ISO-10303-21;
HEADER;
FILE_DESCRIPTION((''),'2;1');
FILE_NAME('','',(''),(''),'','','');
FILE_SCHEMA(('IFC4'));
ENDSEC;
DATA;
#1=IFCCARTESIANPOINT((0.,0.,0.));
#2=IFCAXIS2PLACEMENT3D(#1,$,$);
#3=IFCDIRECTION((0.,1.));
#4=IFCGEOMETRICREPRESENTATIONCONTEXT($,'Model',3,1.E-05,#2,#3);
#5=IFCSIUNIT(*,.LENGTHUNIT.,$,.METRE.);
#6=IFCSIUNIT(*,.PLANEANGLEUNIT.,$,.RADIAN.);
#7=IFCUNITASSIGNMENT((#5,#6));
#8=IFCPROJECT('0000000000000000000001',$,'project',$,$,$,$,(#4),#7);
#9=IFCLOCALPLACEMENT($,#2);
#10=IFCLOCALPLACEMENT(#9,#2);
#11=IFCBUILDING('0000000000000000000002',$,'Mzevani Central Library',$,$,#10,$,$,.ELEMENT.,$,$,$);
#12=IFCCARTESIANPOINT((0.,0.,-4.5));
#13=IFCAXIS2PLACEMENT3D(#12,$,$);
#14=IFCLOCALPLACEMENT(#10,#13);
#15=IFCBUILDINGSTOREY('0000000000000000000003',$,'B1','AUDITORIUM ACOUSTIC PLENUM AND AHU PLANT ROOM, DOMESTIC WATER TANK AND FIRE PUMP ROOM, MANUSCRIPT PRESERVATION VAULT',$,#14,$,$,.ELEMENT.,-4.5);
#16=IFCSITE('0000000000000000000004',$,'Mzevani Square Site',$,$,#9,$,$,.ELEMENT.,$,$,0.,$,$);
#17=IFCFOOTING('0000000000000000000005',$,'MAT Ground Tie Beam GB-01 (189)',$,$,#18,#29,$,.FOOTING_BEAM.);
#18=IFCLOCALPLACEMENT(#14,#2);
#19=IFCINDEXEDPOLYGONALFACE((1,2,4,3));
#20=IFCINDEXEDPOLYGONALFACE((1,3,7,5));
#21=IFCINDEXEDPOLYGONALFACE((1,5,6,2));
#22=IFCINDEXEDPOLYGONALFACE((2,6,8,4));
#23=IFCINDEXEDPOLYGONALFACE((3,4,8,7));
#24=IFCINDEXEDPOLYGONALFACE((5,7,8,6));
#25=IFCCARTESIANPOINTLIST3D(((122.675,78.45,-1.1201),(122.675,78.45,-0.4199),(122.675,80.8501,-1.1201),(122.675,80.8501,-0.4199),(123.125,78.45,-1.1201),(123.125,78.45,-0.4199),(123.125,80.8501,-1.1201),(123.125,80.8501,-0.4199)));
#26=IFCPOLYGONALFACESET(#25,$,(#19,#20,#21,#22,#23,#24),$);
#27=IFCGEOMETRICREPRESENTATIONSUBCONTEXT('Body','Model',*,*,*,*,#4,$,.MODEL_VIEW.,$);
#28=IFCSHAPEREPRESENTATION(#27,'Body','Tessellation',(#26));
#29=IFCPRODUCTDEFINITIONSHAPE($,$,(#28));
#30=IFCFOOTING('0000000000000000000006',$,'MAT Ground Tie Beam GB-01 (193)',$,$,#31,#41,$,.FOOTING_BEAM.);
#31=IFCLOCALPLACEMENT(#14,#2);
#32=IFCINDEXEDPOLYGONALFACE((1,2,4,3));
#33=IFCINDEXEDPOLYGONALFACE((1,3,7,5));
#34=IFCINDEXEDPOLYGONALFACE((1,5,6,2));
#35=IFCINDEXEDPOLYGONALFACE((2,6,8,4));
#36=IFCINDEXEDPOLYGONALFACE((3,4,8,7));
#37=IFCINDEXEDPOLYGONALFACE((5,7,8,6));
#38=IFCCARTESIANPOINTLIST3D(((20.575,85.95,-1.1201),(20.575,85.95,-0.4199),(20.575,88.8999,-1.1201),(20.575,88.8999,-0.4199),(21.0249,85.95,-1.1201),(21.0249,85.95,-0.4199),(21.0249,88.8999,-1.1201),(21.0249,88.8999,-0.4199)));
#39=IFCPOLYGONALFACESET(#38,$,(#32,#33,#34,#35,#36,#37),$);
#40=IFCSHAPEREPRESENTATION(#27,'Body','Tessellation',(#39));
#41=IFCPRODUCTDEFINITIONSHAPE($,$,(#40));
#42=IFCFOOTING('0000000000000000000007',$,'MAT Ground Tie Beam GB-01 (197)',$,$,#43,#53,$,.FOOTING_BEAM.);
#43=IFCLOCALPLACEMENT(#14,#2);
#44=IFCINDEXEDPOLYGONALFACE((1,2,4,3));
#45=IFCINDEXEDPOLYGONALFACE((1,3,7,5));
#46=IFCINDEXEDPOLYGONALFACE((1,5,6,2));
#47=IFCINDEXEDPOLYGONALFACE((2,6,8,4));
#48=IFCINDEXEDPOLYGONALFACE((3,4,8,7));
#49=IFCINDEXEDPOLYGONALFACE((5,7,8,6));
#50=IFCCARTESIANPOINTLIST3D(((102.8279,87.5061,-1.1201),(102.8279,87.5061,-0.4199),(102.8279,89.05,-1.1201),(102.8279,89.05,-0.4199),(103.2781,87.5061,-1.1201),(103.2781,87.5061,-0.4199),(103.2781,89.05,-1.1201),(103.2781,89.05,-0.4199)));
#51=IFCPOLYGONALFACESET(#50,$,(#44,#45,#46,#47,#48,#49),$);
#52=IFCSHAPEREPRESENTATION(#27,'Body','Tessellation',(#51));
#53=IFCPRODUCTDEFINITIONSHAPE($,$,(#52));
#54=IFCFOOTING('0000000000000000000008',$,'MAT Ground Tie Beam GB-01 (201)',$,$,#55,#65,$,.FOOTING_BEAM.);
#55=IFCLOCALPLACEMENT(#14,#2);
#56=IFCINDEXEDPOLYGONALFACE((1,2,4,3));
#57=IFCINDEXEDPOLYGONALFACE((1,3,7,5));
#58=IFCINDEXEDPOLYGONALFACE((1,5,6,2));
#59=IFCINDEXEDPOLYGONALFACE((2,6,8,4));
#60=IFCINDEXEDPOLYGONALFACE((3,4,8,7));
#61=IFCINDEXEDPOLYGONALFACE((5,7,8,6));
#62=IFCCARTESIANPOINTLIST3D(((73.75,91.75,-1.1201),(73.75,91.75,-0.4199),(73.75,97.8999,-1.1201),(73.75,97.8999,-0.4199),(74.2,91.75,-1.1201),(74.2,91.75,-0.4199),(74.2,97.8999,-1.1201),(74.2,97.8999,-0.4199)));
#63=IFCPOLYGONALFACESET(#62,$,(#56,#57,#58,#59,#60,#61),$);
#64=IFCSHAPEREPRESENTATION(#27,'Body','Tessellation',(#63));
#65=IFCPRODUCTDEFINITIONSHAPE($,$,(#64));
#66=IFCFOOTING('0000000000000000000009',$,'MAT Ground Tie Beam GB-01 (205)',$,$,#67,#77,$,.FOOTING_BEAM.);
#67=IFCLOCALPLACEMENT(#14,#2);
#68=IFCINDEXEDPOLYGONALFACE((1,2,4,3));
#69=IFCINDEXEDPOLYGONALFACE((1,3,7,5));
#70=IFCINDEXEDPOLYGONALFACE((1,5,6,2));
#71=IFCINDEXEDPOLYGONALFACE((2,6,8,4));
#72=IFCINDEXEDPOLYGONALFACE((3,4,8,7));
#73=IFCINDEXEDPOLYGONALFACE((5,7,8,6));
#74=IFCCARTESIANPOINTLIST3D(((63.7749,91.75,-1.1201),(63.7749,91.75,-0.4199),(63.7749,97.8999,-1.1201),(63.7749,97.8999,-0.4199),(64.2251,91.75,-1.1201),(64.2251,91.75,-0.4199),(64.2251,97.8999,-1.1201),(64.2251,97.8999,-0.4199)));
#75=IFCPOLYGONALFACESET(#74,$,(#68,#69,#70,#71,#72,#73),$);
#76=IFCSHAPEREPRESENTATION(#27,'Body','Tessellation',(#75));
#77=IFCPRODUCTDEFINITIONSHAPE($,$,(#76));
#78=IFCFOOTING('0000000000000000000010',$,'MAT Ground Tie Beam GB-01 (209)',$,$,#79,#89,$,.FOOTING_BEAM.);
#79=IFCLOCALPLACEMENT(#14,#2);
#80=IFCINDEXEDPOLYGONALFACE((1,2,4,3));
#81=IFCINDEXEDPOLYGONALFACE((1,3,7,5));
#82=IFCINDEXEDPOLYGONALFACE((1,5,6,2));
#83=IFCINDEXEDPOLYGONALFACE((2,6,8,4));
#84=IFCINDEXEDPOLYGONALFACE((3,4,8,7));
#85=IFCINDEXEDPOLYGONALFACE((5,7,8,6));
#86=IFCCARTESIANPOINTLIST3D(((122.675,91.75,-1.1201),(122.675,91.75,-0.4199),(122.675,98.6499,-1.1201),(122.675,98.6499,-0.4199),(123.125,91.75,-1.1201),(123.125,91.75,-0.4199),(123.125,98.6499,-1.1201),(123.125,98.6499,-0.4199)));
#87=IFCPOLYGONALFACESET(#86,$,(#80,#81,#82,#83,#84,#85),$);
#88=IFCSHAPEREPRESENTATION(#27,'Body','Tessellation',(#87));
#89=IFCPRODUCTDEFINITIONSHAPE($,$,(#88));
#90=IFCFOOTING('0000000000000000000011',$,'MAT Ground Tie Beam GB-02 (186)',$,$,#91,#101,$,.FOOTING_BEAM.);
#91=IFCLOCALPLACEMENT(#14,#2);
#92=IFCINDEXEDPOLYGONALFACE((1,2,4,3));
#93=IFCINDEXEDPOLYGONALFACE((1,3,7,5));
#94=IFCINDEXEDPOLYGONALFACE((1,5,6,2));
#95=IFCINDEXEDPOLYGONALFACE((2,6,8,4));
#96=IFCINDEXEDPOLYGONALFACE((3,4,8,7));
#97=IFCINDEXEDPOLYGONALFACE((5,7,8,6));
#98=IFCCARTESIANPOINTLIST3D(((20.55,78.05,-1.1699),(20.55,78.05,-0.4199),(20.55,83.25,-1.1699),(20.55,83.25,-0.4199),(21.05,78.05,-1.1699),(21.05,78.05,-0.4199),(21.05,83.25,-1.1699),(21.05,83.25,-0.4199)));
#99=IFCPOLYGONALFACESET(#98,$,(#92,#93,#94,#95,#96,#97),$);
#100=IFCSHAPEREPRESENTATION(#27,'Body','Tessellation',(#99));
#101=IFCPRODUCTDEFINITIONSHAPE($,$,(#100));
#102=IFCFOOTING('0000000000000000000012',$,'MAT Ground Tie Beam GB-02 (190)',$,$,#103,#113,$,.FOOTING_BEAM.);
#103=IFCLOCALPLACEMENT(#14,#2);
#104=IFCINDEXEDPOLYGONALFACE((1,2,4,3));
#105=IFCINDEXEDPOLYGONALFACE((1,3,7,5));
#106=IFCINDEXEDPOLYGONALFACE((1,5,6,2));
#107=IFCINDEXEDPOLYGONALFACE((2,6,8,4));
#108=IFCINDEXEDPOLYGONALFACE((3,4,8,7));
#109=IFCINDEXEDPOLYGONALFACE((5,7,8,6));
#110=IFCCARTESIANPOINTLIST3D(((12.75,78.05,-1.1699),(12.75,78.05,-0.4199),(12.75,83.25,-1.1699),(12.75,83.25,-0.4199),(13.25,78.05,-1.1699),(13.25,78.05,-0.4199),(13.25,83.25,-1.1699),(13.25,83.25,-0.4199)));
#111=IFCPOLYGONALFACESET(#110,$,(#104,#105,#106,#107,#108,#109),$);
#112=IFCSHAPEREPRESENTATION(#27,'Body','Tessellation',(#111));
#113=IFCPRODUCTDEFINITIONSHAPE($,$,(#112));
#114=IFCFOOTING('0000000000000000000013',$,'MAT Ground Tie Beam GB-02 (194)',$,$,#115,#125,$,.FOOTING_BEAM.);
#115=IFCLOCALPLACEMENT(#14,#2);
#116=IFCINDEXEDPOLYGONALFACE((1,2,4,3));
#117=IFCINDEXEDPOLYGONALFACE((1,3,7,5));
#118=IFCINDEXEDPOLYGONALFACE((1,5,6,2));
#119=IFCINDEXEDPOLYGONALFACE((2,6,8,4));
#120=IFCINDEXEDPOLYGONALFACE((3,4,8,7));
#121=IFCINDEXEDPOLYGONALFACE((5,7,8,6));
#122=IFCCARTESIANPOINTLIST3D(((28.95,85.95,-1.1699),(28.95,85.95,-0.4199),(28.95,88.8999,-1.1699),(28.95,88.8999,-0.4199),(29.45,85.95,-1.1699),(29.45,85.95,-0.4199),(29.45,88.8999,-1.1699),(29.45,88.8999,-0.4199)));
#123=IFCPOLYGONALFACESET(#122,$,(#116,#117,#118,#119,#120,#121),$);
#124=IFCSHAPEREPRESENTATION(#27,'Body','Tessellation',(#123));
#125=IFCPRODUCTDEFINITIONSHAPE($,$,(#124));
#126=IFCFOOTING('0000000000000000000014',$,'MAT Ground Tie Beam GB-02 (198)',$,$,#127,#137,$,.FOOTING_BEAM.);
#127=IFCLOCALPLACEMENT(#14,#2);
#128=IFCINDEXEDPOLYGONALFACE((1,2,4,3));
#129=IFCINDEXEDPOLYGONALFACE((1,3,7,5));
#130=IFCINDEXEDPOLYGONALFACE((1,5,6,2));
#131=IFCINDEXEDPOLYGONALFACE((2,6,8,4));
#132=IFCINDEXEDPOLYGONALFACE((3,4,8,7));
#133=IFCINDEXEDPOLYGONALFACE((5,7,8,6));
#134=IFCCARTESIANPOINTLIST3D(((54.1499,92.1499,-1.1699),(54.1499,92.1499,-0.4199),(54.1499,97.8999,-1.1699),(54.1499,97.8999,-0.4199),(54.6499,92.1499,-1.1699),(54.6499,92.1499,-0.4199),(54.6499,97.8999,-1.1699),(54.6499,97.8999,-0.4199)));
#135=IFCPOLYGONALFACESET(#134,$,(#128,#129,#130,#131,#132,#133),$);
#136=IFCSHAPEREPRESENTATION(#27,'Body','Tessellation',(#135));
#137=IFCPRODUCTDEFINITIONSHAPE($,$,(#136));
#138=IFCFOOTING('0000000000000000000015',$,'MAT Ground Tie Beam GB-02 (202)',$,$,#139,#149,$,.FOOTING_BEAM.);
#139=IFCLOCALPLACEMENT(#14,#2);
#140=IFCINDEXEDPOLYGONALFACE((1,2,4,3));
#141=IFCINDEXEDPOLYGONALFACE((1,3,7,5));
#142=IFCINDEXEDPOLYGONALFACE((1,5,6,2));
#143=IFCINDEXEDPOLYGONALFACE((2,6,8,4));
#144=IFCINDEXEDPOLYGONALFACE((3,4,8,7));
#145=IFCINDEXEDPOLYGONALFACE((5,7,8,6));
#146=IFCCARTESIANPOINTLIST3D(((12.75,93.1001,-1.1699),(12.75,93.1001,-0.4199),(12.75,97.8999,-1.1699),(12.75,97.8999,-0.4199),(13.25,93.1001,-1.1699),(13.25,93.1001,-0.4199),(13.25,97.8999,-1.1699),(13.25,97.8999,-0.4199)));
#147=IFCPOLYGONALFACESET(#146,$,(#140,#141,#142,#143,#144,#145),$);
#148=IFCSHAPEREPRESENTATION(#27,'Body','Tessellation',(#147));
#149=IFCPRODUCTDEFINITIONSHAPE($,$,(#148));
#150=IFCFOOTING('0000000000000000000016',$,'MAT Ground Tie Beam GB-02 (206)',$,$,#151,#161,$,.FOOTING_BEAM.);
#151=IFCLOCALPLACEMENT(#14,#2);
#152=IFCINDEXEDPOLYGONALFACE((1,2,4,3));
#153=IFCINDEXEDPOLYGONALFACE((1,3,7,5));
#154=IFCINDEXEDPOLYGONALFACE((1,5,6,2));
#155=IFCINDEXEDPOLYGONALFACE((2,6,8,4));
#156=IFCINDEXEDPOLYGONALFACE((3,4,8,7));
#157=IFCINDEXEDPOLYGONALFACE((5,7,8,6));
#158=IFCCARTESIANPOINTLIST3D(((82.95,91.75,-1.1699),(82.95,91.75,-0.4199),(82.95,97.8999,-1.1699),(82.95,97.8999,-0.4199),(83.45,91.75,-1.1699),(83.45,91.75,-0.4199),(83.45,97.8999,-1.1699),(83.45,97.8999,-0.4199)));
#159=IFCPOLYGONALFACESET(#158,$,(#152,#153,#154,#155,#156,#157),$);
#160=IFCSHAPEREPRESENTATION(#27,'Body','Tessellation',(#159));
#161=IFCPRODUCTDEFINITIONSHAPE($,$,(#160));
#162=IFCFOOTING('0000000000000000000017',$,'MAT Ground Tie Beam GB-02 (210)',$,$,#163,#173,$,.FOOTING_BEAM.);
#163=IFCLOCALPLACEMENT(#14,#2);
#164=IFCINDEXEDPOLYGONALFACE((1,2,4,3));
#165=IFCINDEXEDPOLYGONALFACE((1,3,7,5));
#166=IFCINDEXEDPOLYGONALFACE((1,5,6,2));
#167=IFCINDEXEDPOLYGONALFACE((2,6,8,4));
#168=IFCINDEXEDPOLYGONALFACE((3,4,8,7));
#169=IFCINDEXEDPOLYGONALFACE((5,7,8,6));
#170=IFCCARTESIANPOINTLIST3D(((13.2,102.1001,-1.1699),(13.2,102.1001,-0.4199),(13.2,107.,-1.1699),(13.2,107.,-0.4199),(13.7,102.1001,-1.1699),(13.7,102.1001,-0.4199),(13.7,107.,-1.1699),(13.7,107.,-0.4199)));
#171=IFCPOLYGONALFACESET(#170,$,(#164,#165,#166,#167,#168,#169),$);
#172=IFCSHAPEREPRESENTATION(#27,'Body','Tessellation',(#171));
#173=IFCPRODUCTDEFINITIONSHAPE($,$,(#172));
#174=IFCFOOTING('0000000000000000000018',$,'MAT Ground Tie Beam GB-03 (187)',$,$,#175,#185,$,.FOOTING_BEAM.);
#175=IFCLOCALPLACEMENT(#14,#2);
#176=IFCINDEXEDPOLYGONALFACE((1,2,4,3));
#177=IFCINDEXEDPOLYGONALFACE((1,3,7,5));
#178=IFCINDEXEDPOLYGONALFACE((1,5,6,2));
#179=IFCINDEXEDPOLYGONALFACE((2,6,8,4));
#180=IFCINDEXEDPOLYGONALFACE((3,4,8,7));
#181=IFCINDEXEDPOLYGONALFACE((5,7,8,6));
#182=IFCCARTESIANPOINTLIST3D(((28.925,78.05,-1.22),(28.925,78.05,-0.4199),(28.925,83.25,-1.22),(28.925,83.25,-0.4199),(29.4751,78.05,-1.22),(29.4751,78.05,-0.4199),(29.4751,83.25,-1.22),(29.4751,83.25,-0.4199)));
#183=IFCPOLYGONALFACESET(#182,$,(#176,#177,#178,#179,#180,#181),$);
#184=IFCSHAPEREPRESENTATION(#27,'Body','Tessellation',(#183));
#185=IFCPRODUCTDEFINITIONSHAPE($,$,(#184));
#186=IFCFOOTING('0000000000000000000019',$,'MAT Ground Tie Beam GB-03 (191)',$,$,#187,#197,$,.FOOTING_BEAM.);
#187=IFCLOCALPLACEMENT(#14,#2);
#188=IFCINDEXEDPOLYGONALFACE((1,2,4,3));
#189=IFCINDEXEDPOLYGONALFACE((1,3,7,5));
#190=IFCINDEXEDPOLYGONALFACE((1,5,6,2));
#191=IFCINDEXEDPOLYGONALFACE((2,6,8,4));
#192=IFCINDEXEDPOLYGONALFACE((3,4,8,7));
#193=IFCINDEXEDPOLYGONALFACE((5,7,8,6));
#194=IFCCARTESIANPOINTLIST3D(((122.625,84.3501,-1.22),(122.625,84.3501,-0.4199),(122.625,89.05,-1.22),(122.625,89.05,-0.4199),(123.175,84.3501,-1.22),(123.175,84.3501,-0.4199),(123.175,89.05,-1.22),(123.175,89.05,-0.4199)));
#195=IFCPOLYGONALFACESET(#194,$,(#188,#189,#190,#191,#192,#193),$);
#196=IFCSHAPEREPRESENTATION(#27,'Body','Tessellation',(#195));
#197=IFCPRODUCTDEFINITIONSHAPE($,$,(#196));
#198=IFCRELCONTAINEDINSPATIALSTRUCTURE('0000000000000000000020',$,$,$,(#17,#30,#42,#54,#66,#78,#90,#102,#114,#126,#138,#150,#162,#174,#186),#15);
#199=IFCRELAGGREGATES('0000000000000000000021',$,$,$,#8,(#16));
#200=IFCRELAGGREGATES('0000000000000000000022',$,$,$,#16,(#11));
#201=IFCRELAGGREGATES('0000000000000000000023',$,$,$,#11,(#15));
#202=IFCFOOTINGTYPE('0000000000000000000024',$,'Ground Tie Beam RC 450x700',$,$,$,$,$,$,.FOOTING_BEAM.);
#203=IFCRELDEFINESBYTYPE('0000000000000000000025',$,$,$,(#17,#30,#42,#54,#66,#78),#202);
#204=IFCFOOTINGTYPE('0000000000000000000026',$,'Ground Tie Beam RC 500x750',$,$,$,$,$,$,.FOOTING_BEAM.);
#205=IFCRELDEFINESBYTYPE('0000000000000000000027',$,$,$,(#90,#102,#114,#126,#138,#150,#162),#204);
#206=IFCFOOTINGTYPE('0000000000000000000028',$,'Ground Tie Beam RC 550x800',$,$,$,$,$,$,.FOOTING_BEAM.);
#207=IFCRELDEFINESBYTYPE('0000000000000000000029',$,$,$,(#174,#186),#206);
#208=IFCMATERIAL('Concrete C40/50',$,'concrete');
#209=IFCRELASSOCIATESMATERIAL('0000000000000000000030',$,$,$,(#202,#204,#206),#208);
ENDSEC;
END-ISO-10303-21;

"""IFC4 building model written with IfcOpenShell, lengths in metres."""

from ifc_helpers import new_model, si_unit, direction, frame, origin, place, context, subcontext, project, spatial, polyline, outline, extrude, material, type_object, element, save


model = new_model("IFC4")

# Units and contexts
model_context = context("Model", 3, precision=1e-05, world=origin(), true_north=direction((0.0, 1.0)))
body_context = subcontext(model_context, "Body", "Model", "MODEL_VIEW")
ifc_project = project(units=[si_unit("LENGTHUNIT", "METRE"), si_unit("PLANEANGLEUNIT", "RADIAN")], contexts=[model_context])

# Site, building, storey
site_placement = place(None, origin())
site = spatial("IfcSite", under=ifc_project, at=site_placement, Name="Mzevani Square Site", CompositionType="ELEMENT", RefElevation=0.0)
building_placement = place(site_placement, origin())
building = spatial("IfcBuilding", under=site, at=building_placement, Name="Mzevani Central Library", CompositionType="ELEMENT")
storey_placement = place(building_placement, frame((0.0, 0.0, -4.5)))
storey = spatial("IfcBuildingStorey", under=building, at=storey_placement, Name="B1", Description="AUDITORIUM ACOUSTIC PLENUM AND AHU PLANT ROOM, DOMESTIC WATER TANK AND FIRE PUMP ROOM, MANUSCRIPT PRESERVATION VAULT", CompositionType="ELEMENT", Elevation=-4.5)

# Footings
ifc_material = material(Name="Concrete C40/50", Category="concrete")
footing_type_1 = type_object("IfcFootingType", Name="Ground Tie Beam RC 450x700", PredefinedType="FOOTING_BEAM", material=ifc_material)
footing_1_placement = place(storey_placement, frame((0.0, 0.0, -1.1201)))
element("IfcFooting", 1, at=footing_1_placement, inside=storey, type_object=footing_type_1, Name="MAT Ground Tie Beam GB-01 (189)", PredefinedType="FOOTING_BEAM", context=body_context, shape_type="SweptSolid", body=[
    extrude(outline(polyline([(122.675, 78.45), (123.125, 78.45), (123.125, 80.8501), (122.675, 80.8501), (122.675, 78.45)])), origin(), (0.0, 0.0, 1.0), 0.7002),
])
footing_2_placement = place(storey_placement, frame((0.0, 0.0, -1.1201)))
element("IfcFooting", 2, at=footing_2_placement, inside=storey, type_object=footing_type_1, Name="MAT Ground Tie Beam GB-01 (193)", PredefinedType="FOOTING_BEAM", context=body_context, shape_type="SweptSolid", body=[
    extrude(outline(polyline([(20.575, 85.95), (21.0249, 85.95), (21.0249, 88.8999), (20.575, 88.8999), (20.575, 85.95)])), origin(), (0.0, 0.0, 1.0), 0.7002),
])
footing_3_placement = place(storey_placement, frame((0.0, 0.0, -1.1201)))
element("IfcFooting", 3, at=footing_3_placement, inside=storey, type_object=footing_type_1, Name="MAT Ground Tie Beam GB-01 (197)", PredefinedType="FOOTING_BEAM", context=body_context, shape_type="SweptSolid", body=[
    extrude(outline(polyline([(102.8279, 87.5061), (103.2781, 87.5061), (103.2781, 89.05), (102.8279, 89.05), (102.8279, 87.5061)])), origin(), (0.0, 0.0, 1.0), 0.7002),
])
footing_4_placement = place(storey_placement, frame((0.0, 0.0, -1.1201)))
element("IfcFooting", 4, at=footing_4_placement, inside=storey, type_object=footing_type_1, Name="MAT Ground Tie Beam GB-01 (201)", PredefinedType="FOOTING_BEAM", context=body_context, shape_type="SweptSolid", body=[
    extrude(outline(polyline([(73.75, 91.75), (74.2, 91.75), (74.2, 97.8999), (73.75, 97.8999), (73.75, 91.75)])), origin(), (0.0, 0.0, 1.0), 0.7002),
])
footing_5_placement = place(storey_placement, frame((0.0, 0.0, -1.1201)))
element("IfcFooting", 5, at=footing_5_placement, inside=storey, type_object=footing_type_1, Name="MAT Ground Tie Beam GB-01 (205)", PredefinedType="FOOTING_BEAM", context=body_context, shape_type="SweptSolid", body=[
    extrude(outline(polyline([(63.7749, 91.75), (64.2251, 91.75), (64.2251, 97.8999), (63.7749, 97.8999), (63.7749, 91.75)])), origin(), (0.0, 0.0, 1.0), 0.7002),
])
footing_6_placement = place(storey_placement, frame((0.0, 0.0, -1.1201)))
element("IfcFooting", 6, at=footing_6_placement, inside=storey, type_object=footing_type_1, Name="MAT Ground Tie Beam GB-01 (209)", PredefinedType="FOOTING_BEAM", context=body_context, shape_type="SweptSolid", body=[
    extrude(outline(polyline([(122.675, 91.75), (123.125, 91.75), (123.125, 98.6499), (122.675, 98.6499), (122.675, 91.75)])), origin(), (0.0, 0.0, 1.0), 0.7002),
])
footing_type_2 = type_object("IfcFootingType", Name="Ground Tie Beam RC 500x750", PredefinedType="FOOTING_BEAM", material=ifc_material)
footing_7_placement = place(storey_placement, frame((0.0, 0.0, -1.1699)))
element("IfcFooting", 7, at=footing_7_placement, inside=storey, type_object=footing_type_2, Name="MAT Ground Tie Beam GB-02 (186)", PredefinedType="FOOTING_BEAM", context=body_context, shape_type="SweptSolid", body=[
    extrude(outline(polyline([(20.55, 78.05), (21.05, 78.05), (21.05, 83.25), (20.55, 83.25), (20.55, 78.05)])), origin(), (0.0, 0.0, 1.0), 0.75),
])
footing_8_placement = place(storey_placement, frame((0.0, 0.0, -1.1699)))
element("IfcFooting", 8, at=footing_8_placement, inside=storey, type_object=footing_type_2, Name="MAT Ground Tie Beam GB-02 (190)", PredefinedType="FOOTING_BEAM", context=body_context, shape_type="SweptSolid", body=[
    extrude(outline(polyline([(12.75, 78.05), (13.25, 78.05), (13.25, 83.25), (12.75, 83.25), (12.75, 78.05)])), origin(), (0.0, 0.0, 1.0), 0.75),
])
footing_9_placement = place(storey_placement, frame((0.0, 0.0, -1.1699)))
element("IfcFooting", 9, at=footing_9_placement, inside=storey, type_object=footing_type_2, Name="MAT Ground Tie Beam GB-02 (194)", PredefinedType="FOOTING_BEAM", context=body_context, shape_type="SweptSolid", body=[
    extrude(outline(polyline([(28.95, 85.95), (29.45, 85.95), (29.45, 88.8999), (28.95, 88.8999), (28.95, 85.95)])), origin(), (0.0, 0.0, 1.0), 0.75),
])
footing_10_placement = place(storey_placement, frame((0.0, 0.0, -1.1699)))
element("IfcFooting", 10, at=footing_10_placement, inside=storey, type_object=footing_type_2, Name="MAT Ground Tie Beam GB-02 (198)", PredefinedType="FOOTING_BEAM", context=body_context, shape_type="SweptSolid", body=[
    extrude(outline(polyline([(54.1499, 92.1499), (54.6499, 92.1499), (54.6499, 97.8999), (54.1499, 97.8999), (54.1499, 92.1499)])), origin(), (0.0, 0.0, 1.0), 0.75),
])
footing_11_placement = place(storey_placement, frame((0.0, 0.0, -1.1699)))
element("IfcFooting", 11, at=footing_11_placement, inside=storey, type_object=footing_type_2, Name="MAT Ground Tie Beam GB-02 (202)", PredefinedType="FOOTING_BEAM", context=body_context, shape_type="SweptSolid", body=[
    extrude(outline(polyline([(12.75, 93.1001), (13.25, 93.1001), (13.25, 97.8999), (12.75, 97.8999), (12.75, 93.1001)])), origin(), (0.0, 0.0, 1.0), 0.75),
])
footing_12_placement = place(storey_placement, frame((0.0, 0.0, -1.1699)))
element("IfcFooting", 12, at=footing_12_placement, inside=storey, type_object=footing_type_2, Name="MAT Ground Tie Beam GB-02 (206)", PredefinedType="FOOTING_BEAM", context=body_context, shape_type="SweptSolid", body=[
    extrude(outline(polyline([(82.95, 91.75), (83.45, 91.75), (83.45, 97.8999), (82.95, 97.8999), (82.95, 91.75)])), origin(), (0.0, 0.0, 1.0), 0.75),
])
footing_13_placement = place(storey_placement, frame((0.0, 0.0, -1.1699)))
element("IfcFooting", 13, at=footing_13_placement, inside=storey, type_object=footing_type_2, Name="MAT Ground Tie Beam GB-02 (210)", PredefinedType="FOOTING_BEAM", context=body_context, shape_type="SweptSolid", body=[
    extrude(outline(polyline([(13.2, 102.1001), (13.7, 102.1001), (13.7, 107.0), (13.2, 107.0), (13.2, 102.1001)])), origin(), (0.0, 0.0, 1.0), 0.75),
])
footing_type_3 = type_object("IfcFootingType", Name="Ground Tie Beam RC 550x800", PredefinedType="FOOTING_BEAM", material=ifc_material)
footing_14_placement = place(storey_placement, frame((0.0, 0.0, -1.22)))
element("IfcFooting", 14, at=footing_14_placement, inside=storey, type_object=footing_type_3, Name="MAT Ground Tie Beam GB-03 (187)", PredefinedType="FOOTING_BEAM", context=body_context, shape_type="SweptSolid", body=[
    extrude(outline(polyline([(28.925, 78.05), (29.4751, 78.05), (29.4751, 83.25), (28.925, 83.25), (28.925, 78.05)])), origin(), (0.0, 0.0, 1.0), 0.8),
])
footing_15_placement = place(storey_placement, frame((0.0, 0.0, -1.22)))
element("IfcFooting", 15, at=footing_15_placement, inside=storey, type_object=footing_type_3, Name="MAT Ground Tie Beam GB-03 (191)", PredefinedType="FOOTING_BEAM", context=body_context, shape_type="SweptSolid", body=[
    extrude(outline(polyline([(122.625, 84.3501), (123.175, 84.3501), (123.175, 89.05), (122.625, 89.05), (122.625, 84.3501)])), origin(), (0.0, 0.0, 1.0), 0.8),
])

save(model, "model.ifc")
